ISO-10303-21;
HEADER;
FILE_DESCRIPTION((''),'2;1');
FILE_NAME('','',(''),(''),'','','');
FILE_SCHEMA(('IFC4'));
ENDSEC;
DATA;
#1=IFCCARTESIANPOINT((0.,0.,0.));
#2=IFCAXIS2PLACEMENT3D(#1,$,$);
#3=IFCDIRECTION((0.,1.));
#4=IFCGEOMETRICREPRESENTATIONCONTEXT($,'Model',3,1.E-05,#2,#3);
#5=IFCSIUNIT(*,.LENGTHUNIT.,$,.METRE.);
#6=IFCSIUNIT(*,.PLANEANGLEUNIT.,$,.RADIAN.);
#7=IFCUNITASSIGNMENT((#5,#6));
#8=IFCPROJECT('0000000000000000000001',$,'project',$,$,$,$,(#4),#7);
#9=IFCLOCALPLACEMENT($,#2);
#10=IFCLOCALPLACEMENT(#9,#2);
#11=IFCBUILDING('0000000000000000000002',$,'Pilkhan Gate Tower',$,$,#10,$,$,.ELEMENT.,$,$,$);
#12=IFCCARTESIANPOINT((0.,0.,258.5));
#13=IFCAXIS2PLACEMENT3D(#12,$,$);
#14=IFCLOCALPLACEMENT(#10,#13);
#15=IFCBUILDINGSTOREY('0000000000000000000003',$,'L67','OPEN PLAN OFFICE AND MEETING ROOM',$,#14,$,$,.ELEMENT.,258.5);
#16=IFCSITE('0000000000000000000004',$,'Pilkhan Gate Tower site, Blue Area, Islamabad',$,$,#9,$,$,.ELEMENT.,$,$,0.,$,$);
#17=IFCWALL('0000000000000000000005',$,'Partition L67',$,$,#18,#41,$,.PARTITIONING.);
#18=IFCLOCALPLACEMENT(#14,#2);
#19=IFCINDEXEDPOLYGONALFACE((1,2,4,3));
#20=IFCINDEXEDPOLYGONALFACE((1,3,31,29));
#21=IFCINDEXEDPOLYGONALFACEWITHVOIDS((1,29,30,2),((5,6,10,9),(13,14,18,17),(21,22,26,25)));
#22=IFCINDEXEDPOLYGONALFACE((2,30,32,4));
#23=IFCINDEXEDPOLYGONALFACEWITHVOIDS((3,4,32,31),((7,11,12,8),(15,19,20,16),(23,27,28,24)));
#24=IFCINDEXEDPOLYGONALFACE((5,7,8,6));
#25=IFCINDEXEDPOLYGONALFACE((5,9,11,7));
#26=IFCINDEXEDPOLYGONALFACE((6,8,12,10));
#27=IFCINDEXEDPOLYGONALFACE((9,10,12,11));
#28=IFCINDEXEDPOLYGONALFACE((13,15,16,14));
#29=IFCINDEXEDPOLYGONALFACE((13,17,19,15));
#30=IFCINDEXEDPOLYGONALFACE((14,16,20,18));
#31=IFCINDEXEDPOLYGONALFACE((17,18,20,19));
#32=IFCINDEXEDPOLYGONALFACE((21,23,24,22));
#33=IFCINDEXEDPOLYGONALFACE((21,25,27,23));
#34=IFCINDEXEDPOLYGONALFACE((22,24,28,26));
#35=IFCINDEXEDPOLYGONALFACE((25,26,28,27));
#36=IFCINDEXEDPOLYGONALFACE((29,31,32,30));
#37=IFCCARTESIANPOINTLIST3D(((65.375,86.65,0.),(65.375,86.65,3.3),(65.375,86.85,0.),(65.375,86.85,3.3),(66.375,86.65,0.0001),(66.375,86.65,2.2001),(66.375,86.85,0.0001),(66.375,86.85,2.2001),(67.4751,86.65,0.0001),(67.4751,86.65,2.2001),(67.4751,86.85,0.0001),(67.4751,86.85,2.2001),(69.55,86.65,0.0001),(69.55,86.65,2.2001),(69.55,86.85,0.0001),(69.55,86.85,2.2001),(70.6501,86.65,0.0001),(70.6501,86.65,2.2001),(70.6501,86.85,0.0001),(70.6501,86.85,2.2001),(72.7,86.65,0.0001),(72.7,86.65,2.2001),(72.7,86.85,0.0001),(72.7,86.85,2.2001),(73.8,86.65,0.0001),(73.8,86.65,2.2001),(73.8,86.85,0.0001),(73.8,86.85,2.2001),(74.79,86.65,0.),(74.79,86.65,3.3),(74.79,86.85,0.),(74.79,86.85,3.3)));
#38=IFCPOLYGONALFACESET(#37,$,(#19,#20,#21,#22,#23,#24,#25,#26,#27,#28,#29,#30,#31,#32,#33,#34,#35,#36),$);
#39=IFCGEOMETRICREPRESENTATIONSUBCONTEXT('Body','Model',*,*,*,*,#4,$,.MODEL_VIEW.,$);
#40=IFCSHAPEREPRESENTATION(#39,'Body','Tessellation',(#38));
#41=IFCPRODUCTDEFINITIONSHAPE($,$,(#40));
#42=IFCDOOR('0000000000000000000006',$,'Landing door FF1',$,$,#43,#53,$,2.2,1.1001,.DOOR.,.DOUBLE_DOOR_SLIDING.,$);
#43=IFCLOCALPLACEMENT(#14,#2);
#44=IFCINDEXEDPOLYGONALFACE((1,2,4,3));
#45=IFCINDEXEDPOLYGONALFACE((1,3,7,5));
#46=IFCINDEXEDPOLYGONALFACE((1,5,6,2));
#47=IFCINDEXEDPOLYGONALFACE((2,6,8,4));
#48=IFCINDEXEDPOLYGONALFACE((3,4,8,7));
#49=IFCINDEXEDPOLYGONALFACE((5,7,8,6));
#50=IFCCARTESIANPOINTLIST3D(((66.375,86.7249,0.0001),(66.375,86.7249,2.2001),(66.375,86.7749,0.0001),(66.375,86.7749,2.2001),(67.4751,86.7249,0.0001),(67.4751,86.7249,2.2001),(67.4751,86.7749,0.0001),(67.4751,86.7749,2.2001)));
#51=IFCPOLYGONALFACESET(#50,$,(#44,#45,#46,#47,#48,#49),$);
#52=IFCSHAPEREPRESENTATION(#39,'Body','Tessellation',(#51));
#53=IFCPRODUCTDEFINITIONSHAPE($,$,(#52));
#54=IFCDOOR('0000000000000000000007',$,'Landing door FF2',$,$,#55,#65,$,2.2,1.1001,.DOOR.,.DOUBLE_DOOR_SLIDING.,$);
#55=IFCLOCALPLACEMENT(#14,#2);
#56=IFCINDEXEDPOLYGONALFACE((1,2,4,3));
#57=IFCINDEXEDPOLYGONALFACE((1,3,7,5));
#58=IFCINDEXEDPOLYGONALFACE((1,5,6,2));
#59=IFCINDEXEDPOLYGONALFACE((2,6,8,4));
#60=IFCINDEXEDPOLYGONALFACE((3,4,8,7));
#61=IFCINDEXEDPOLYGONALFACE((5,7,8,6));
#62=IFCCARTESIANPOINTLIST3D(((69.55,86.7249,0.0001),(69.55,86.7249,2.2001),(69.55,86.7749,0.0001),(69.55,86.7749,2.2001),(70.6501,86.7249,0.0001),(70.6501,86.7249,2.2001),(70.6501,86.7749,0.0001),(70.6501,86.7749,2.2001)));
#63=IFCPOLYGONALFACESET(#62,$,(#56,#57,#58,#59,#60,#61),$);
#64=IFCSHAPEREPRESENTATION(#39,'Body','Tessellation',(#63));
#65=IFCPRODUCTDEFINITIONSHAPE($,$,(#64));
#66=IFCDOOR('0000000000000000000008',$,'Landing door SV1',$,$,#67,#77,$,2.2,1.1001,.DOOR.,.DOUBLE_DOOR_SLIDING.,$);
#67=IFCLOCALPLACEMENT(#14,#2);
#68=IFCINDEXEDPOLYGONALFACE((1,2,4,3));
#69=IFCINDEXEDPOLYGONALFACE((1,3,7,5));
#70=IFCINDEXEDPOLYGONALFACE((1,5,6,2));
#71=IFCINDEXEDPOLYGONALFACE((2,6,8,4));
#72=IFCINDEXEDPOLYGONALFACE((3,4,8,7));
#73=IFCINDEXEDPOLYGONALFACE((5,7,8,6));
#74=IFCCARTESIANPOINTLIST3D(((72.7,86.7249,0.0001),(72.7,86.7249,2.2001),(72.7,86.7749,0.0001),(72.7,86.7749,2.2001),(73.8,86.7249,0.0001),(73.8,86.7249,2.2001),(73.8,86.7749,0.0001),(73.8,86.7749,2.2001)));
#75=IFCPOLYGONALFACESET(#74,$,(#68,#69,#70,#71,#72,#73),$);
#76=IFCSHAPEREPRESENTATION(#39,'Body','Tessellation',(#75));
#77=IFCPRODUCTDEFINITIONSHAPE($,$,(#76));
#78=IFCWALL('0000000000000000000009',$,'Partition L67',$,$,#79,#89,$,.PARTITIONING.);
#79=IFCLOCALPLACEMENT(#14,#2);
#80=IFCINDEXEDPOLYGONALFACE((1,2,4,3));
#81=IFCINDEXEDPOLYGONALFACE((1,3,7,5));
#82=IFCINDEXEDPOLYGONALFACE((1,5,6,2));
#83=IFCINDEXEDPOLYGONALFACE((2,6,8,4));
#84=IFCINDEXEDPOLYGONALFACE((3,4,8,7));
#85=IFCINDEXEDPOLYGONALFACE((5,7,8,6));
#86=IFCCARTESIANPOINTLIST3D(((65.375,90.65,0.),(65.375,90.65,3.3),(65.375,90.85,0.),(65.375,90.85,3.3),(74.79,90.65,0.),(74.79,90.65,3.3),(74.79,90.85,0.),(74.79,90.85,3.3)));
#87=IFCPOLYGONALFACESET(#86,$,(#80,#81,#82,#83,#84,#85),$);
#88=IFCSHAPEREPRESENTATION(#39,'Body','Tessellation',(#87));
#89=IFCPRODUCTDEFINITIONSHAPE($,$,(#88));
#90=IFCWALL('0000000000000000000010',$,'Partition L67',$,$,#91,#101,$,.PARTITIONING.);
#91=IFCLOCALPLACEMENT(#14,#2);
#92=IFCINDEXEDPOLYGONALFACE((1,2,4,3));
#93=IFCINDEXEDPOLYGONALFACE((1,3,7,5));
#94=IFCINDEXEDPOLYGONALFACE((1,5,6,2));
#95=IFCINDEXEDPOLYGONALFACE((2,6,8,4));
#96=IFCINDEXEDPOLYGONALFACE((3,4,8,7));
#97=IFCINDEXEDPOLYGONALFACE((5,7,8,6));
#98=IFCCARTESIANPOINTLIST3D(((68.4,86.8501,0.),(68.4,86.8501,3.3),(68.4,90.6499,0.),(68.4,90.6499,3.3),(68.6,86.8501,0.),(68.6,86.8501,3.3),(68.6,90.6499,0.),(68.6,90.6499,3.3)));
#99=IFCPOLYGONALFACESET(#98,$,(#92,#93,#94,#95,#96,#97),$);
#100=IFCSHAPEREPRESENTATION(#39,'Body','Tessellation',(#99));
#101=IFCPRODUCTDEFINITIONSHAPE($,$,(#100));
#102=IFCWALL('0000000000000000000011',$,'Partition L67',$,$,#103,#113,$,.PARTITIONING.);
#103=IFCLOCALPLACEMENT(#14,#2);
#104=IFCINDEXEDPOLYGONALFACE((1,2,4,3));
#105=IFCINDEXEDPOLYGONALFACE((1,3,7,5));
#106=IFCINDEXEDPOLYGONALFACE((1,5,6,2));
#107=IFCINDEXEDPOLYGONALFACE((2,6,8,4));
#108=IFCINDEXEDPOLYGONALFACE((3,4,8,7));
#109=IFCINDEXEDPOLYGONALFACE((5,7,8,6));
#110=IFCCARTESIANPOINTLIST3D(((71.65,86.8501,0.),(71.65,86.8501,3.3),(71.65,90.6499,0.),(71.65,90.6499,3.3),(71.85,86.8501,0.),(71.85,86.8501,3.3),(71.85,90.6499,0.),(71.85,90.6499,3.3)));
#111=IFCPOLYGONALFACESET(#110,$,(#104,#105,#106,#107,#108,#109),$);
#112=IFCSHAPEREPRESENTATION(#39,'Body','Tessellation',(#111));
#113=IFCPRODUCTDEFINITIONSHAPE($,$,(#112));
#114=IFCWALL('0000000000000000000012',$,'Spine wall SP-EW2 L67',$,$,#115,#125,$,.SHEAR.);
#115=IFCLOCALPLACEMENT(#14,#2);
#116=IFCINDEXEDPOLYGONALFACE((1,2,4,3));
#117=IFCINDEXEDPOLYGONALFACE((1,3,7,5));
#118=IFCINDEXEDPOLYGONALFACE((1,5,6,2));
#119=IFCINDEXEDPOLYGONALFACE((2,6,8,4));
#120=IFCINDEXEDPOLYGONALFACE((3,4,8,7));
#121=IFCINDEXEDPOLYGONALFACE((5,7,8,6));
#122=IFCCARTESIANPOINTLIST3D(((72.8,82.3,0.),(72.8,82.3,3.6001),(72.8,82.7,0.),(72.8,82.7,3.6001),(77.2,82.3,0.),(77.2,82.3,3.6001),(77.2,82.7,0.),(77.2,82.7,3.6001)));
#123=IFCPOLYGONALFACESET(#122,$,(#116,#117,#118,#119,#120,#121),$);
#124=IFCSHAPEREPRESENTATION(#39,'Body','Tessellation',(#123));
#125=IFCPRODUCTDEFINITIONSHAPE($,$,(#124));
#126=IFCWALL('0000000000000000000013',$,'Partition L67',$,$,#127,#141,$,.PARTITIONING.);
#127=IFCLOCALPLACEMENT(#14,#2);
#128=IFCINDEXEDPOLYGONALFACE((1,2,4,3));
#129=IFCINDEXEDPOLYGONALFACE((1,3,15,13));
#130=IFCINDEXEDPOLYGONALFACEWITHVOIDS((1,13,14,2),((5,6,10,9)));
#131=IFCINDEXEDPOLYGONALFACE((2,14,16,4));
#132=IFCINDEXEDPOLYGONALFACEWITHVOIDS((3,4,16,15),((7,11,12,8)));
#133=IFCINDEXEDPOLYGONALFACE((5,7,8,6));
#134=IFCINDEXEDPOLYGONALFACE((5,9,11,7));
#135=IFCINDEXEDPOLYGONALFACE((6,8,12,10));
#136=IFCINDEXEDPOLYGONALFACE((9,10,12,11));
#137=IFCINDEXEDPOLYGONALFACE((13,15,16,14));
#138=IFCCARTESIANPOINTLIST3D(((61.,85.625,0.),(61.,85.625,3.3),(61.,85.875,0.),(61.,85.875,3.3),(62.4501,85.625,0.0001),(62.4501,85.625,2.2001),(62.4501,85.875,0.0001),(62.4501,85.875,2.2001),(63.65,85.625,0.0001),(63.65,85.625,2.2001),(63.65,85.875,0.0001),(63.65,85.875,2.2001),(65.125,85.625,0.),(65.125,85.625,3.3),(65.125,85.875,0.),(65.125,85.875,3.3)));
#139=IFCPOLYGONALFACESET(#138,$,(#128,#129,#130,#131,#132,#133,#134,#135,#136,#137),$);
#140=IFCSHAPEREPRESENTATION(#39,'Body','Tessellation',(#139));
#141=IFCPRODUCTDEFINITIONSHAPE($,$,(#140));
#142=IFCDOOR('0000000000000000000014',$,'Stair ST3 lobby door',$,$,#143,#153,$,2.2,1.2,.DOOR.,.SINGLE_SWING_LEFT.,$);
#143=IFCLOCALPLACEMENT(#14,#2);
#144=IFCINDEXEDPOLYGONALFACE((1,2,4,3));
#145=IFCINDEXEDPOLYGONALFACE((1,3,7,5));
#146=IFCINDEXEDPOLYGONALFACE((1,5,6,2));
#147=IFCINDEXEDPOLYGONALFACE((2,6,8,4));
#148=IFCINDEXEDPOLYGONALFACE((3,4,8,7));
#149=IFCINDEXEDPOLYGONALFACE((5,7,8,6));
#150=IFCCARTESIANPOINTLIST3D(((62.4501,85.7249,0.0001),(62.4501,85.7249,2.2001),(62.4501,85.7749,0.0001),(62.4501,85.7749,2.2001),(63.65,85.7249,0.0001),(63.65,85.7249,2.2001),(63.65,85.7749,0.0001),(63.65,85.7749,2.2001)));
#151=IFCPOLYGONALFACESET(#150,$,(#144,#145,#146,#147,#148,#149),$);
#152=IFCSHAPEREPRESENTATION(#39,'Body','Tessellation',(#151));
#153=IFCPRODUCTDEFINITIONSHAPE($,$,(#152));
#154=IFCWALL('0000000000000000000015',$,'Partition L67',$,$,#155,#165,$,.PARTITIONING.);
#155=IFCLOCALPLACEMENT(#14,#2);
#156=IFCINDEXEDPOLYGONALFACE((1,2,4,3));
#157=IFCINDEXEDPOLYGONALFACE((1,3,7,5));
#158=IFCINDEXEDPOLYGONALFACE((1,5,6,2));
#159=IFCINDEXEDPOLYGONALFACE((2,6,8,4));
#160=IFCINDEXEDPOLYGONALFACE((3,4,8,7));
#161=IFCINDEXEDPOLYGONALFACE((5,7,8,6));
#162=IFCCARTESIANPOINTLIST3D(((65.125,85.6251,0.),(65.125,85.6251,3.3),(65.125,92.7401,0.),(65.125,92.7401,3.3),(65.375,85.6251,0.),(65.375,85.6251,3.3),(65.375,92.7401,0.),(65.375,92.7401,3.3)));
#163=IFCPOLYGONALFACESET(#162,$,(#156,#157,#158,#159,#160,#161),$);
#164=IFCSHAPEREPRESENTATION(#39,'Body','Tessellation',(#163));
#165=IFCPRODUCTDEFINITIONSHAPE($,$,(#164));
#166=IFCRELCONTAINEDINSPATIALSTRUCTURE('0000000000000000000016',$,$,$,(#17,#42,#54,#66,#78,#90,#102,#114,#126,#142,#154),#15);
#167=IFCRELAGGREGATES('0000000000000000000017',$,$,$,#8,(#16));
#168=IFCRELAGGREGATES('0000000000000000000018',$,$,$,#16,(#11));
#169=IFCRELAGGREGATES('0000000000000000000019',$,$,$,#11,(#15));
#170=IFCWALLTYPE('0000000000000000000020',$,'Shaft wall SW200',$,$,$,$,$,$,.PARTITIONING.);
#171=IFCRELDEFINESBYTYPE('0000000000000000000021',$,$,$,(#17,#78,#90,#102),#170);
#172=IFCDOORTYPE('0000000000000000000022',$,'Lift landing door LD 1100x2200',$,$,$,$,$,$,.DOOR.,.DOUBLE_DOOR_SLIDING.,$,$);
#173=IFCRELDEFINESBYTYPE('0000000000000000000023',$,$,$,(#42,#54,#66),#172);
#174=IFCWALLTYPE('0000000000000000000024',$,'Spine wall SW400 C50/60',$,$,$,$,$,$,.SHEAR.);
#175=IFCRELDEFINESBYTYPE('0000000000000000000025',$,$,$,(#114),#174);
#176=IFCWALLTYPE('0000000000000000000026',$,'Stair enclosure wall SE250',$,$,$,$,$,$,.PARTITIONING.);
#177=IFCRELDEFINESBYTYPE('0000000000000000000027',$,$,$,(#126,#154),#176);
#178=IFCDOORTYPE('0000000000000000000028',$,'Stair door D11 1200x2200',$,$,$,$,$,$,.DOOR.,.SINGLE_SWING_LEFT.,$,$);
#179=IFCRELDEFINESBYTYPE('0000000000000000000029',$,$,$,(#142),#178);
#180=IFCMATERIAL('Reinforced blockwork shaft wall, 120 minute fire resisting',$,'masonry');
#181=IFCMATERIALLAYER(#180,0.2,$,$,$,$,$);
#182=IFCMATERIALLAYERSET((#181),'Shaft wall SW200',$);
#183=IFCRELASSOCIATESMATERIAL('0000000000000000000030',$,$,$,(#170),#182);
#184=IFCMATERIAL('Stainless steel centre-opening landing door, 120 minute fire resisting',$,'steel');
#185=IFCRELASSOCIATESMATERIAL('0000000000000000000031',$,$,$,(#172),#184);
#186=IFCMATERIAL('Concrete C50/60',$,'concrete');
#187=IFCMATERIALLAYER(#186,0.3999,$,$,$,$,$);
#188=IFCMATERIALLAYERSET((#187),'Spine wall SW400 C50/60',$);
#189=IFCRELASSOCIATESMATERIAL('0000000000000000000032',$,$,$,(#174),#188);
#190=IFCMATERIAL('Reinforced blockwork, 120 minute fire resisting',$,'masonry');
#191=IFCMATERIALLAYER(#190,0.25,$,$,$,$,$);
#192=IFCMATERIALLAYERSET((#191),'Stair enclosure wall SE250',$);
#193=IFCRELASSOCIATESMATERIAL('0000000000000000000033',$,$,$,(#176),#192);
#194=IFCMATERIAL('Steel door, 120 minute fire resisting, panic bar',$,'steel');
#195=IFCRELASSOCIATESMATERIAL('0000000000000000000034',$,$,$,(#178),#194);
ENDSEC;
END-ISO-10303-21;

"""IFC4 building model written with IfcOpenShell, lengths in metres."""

from ifc_helpers import new_model, si_unit, direction, frame, frame_2d, origin, place, context, subcontext, project, spatial, rectangle, extrude, material, layer, layer_set, type_object, element, fill, save


model = new_model("IFC4")

# Units and contexts
model_context = context("Model", 3, precision=1e-05, world=origin(), true_north=direction((0.0, 1.0)))
body_context = subcontext(model_context, "Body", "Model", "MODEL_VIEW")
ifc_project = project(units=[si_unit("LENGTHUNIT", "METRE"), si_unit("PLANEANGLEUNIT", "RADIAN")], contexts=[model_context])

# Site, building, storey
site_placement = place(None, origin())
site = spatial("IfcSite", under=ifc_project, at=site_placement, Name="Pilkhan Gate Tower site, Blue Area, Islamabad", CompositionType="ELEMENT", RefElevation=0.0)
building_placement = place(site_placement, origin())
building = spatial("IfcBuilding", under=site, at=building_placement, Name="Pilkhan Gate Tower", CompositionType="ELEMENT")
storey_placement = place(building_placement, frame((0.0, 0.0, 258.5)))
storey = spatial("IfcBuildingStorey", under=building, at=storey_placement, Name="L67", Description="OPEN PLAN OFFICE AND MEETING ROOM", CompositionType="ELEMENT", Elevation=258.5)

# Shared definitions
ifc_material_1 = material(Name="Concrete C50/60", Category="concrete")

# Wall, openings, doors
ifc_material_2 = material(Name="Reinforced blockwork shaft wall, 120 minute fire resisting", Category="masonry")
ifc_layer_1 = layer(ifc_material_2, 0.2)
ifc_layer_set_1 = layer_set([ifc_layer_1], Name="Shaft wall SW200")
wall_type_1 = type_object("IfcWallType", Name="Shaft wall SW200", PredefinedType="PARTITIONING", material=ifc_layer_set_1)
wall_1_placement = place(storey_placement, frame((65.375, 86.75, 0.0), z_axis=(0.0, 0.0, 1.0), x_axis=(1.0, 0.0, 0.0)))
wall_1 = element("IfcWall", 1, at=wall_1_placement, inside=storey, type_object=wall_type_1, Name="Partition L67", PredefinedType="PARTITIONING", context=body_context, shape_type="SweptSolid", body=[
    extrude(rectangle(XDim=9.415, YDim=0.2, at=frame_2d((4.7075, 0.0))), origin(), (0.0, 0.0, 1.0), 3.3),
])
opening_1_placement = place(wall_1_placement, frame((1.0, 0.0, 0.0)))
opening_1 = element("IfcOpeningElement", 2, at=opening_1_placement, cuts=wall_1, PredefinedType="OPENING", context=body_context, shape_type="SweptSolid", body=[
    extrude(rectangle(XDim=1.1001, YDim=2.2, at=frame_2d((0.55, 1.1001))), frame((0.0, 0.1099, 0.0), z_axis=(0.0, -1.0, 0.0), x_axis=(1.0, 0.0, 0.0)), (0.0, 0.0, 1.0), 0.22),
])
opening_2_placement = place(wall_1_placement, frame((4.175, 0.0, 0.0)))
opening_2 = element("IfcOpeningElement", 3, at=opening_2_placement, cuts=wall_1, PredefinedType="OPENING", context=body_context, shape_type="SweptSolid", body=[
    extrude(rectangle(XDim=1.1001, YDim=2.2, at=frame_2d((0.55, 1.1001))), frame((0.0, 0.1099, 0.0), z_axis=(0.0, -1.0, 0.0), x_axis=(1.0, 0.0, 0.0)), (0.0, 0.0, 1.0), 0.22),
])
opening_3_placement = place(wall_1_placement, frame((7.325, 0.0, 0.0)))
opening_3 = element("IfcOpeningElement", 4, at=opening_3_placement, cuts=wall_1, PredefinedType="OPENING", context=body_context, shape_type="SweptSolid", body=[
    extrude(rectangle(XDim=1.1001, YDim=2.2, at=frame_2d((0.55, 1.1001))), frame((0.0, 0.1099, 0.0), z_axis=(0.0, -1.0, 0.0), x_axis=(1.0, 0.0, 0.0)), (0.0, 0.0, 1.0), 0.22),
])
ifc_material_3 = material(Name="Stainless steel centre-opening landing door, 120 minute fire resisting", Category="steel")
door_type_1 = type_object("IfcDoorType", Name="Lift landing door LD 1100x2200", OperationType="DOUBLE_DOOR_SLIDING", PredefinedType="DOOR", material=ifc_material_3)
door_1_placement = place(opening_1_placement, origin())
door_1 = element("IfcDoor", 5, at=door_1_placement, inside=storey, type_object=door_type_1, Name="Landing door FF1", OperationType="DOUBLE_DOOR_SLIDING", OverallHeight=2.2, OverallWidth=1.1001, PredefinedType="DOOR", context=body_context, shape_type="SweptSolid", body=[
    extrude(rectangle(XDim=1.1001, YDim=2.2, at=frame_2d((0.55, 1.1001))), frame((0.0, 0.0249, 0.0), z_axis=(0.0, -1.0, 0.0), x_axis=(1.0, 0.0, 0.0)), (0.0, 0.0, 1.0), 0.05),
])
fill(opening_1, door_1)
door_2_placement = place(opening_2_placement, origin())
door_2 = element("IfcDoor", 6, at=door_2_placement, inside=storey, type_object=door_type_1, Name="Landing door FF2", OperationType="DOUBLE_DOOR_SLIDING", OverallHeight=2.2, OverallWidth=1.1001, PredefinedType="DOOR", context=body_context, shape_type="SweptSolid", body=[
    extrude(rectangle(XDim=1.1001, YDim=2.2, at=frame_2d((0.55, 1.1001))), frame((0.0, 0.0249, 0.0), z_axis=(0.0, -1.0, 0.0), x_axis=(1.0, 0.0, 0.0)), (0.0, 0.0, 1.0), 0.05),
])
fill(opening_2, door_2)
door_3_placement = place(opening_3_placement, origin())
door_3 = element("IfcDoor", 7, at=door_3_placement, inside=storey, type_object=door_type_1, Name="Landing door SV1", OperationType="DOUBLE_DOOR_SLIDING", OverallHeight=2.2, OverallWidth=1.1001, PredefinedType="DOOR", context=body_context, shape_type="SweptSolid", body=[
    extrude(rectangle(XDim=1.1001, YDim=2.2, at=frame_2d((0.55, 1.1001))), frame((0.0, 0.0249, 0.0), z_axis=(0.0, -1.0, 0.0), x_axis=(1.0, 0.0, 0.0)), (0.0, 0.0, 1.0), 0.05),
])
fill(opening_3, door_3)

# Walls
wall_2_placement = place(storey_placement, frame((65.375, 90.75, 0.0), z_axis=(0.0, 0.0, 1.0), x_axis=(1.0, 0.0, 0.0)))
element("IfcWall", 8, at=wall_2_placement, inside=storey, type_object=wall_type_1, Name="Partition L67", PredefinedType="PARTITIONING", context=body_context, shape_type="SweptSolid", body=[
    extrude(rectangle(XDim=9.415, YDim=0.2, at=frame_2d((4.7075, 0.0))), origin(), (0.0, 0.0, 1.0), 3.3),
])
for number, where, z_axis, x_axis, name in (
    (9, (68.5, 86.8501, 0.0), (0.0, 0.0, 1.0), (0.0, 1.0, 0.0), "Partition L67"),
    (10, (71.75, 86.8501, 0.0), (0.0, 0.0, 1.0), (0.0, 1.0, 0.0), "Partition L67"),
):
    element("IfcWall", number, at=place(storey_placement, frame(where, z_axis=z_axis, x_axis=x_axis)), inside=storey, type_object=wall_type_1, Name=name, PredefinedType="PARTITIONING", context=body_context, shape_type="SweptSolid", body=[
        extrude(rectangle(XDim=3.7998, YDim=0.2, at=frame_2d((1.8999, 0.0))), origin(), (0.0, 0.0, 1.0), 3.3),
    ])
ifc_layer_2 = layer(ifc_material_1, 0.3999)
ifc_layer_set_2 = layer_set([ifc_layer_2], Name="Spine wall SW400 C50/60")
wall_type_2 = type_object("IfcWallType", Name="Spine wall SW400 C50/60", PredefinedType="SHEAR", material=ifc_layer_set_2)
wall_3_placement = place(storey_placement, frame((72.8, 82.5, 0.0), z_axis=(0.0, 0.0, 1.0), x_axis=(1.0, 0.0, 0.0)))
element("IfcWall", 11, at=wall_3_placement, inside=storey, type_object=wall_type_2, Name="Spine wall SP-EW2 L67", PredefinedType="SHEAR", context=body_context, shape_type="SweptSolid", body=[
    extrude(rectangle(XDim=4.3999, YDim=0.3999, at=frame_2d((2.2, 0.0))), origin(), (0.0, 0.0, 1.0), 3.6001),
])

# Wall, opening, door
ifc_material_4 = material(Name="Reinforced blockwork, 120 minute fire resisting", Category="masonry")
ifc_layer_3 = layer(ifc_material_4, 0.25)
ifc_layer_set_3 = layer_set([ifc_layer_3], Name="Stair enclosure wall SE250")
wall_type_3 = type_object("IfcWallType", Name="Stair enclosure wall SE250", PredefinedType="PARTITIONING", material=ifc_layer_set_3)
wall_4_placement = place(storey_placement, frame((61.0, 85.75, 0.0), z_axis=(0.0, 0.0, 1.0), x_axis=(1.0, 0.0, 0.0)))
wall_4 = element("IfcWall", 12, at=wall_4_placement, inside=storey, type_object=wall_type_3, Name="Partition L67", PredefinedType="PARTITIONING", context=body_context, shape_type="SweptSolid", body=[
    extrude(rectangle(XDim=4.125, YDim=0.25, at=frame_2d((2.0625, 0.0))), origin(), (0.0, 0.0, 1.0), 3.3),
])
opening_4_placement = place(wall_4_placement, frame((1.45, 0.0, 0.0)))
opening_4 = element("IfcOpeningElement", 13, at=opening_4_placement, cuts=wall_4, PredefinedType="OPENING", context=body_context, shape_type="SweptSolid", body=[
    extrude(rectangle(XDim=1.2, YDim=2.2, at=frame_2d((0.6001, 1.1001))), frame((0.0, 0.135, 0.0), z_axis=(0.0, -1.0, 0.0), x_axis=(1.0, 0.0, 0.0)), (0.0, 0.0, 1.0), 0.27),
])
ifc_material_5 = material(Name="Steel door, 120 minute fire resisting, panic bar", Category="steel")
door_type_2 = type_object("IfcDoorType", Name="Stair door D11 1200x2200", OperationType="SINGLE_SWING_LEFT", PredefinedType="DOOR", material=ifc_material_5)
door_4_placement = place(opening_4_placement, origin())
door_4 = element("IfcDoor", 14, at=door_4_placement, inside=storey, type_object=door_type_2, Name="Stair ST3 lobby door", OperationType="SINGLE_SWING_LEFT", OverallHeight=2.2, OverallWidth=1.2, PredefinedType="DOOR", context=body_context, shape_type="SweptSolid", body=[
    extrude(rectangle(XDim=1.2, YDim=2.2, at=frame_2d((0.6001, 1.1001))), frame((0.0, 0.0249, 0.0), z_axis=(0.0, -1.0, 0.0), x_axis=(1.0, 0.0, 0.0)), (0.0, 0.0, 1.0), 0.05),
])
fill(opening_4, door_4)

# Wall
wall_5_placement = place(storey_placement, frame((65.25, 85.625, 0.0), z_axis=(0.0, 0.0, 1.0), x_axis=(0.0, 1.0, 0.0)))
element("IfcWall", 15, at=wall_5_placement, inside=storey, type_object=wall_type_3, Name="Partition L67", PredefinedType="PARTITIONING", context=body_context, shape_type="SweptSolid", body=[
    extrude(rectangle(XDim=7.115, YDim=0.25, at=frame_2d((3.5576, 0.0))), origin(), (0.0, 0.0, 1.0), 3.3),
])

save(model, "model.ifc")
